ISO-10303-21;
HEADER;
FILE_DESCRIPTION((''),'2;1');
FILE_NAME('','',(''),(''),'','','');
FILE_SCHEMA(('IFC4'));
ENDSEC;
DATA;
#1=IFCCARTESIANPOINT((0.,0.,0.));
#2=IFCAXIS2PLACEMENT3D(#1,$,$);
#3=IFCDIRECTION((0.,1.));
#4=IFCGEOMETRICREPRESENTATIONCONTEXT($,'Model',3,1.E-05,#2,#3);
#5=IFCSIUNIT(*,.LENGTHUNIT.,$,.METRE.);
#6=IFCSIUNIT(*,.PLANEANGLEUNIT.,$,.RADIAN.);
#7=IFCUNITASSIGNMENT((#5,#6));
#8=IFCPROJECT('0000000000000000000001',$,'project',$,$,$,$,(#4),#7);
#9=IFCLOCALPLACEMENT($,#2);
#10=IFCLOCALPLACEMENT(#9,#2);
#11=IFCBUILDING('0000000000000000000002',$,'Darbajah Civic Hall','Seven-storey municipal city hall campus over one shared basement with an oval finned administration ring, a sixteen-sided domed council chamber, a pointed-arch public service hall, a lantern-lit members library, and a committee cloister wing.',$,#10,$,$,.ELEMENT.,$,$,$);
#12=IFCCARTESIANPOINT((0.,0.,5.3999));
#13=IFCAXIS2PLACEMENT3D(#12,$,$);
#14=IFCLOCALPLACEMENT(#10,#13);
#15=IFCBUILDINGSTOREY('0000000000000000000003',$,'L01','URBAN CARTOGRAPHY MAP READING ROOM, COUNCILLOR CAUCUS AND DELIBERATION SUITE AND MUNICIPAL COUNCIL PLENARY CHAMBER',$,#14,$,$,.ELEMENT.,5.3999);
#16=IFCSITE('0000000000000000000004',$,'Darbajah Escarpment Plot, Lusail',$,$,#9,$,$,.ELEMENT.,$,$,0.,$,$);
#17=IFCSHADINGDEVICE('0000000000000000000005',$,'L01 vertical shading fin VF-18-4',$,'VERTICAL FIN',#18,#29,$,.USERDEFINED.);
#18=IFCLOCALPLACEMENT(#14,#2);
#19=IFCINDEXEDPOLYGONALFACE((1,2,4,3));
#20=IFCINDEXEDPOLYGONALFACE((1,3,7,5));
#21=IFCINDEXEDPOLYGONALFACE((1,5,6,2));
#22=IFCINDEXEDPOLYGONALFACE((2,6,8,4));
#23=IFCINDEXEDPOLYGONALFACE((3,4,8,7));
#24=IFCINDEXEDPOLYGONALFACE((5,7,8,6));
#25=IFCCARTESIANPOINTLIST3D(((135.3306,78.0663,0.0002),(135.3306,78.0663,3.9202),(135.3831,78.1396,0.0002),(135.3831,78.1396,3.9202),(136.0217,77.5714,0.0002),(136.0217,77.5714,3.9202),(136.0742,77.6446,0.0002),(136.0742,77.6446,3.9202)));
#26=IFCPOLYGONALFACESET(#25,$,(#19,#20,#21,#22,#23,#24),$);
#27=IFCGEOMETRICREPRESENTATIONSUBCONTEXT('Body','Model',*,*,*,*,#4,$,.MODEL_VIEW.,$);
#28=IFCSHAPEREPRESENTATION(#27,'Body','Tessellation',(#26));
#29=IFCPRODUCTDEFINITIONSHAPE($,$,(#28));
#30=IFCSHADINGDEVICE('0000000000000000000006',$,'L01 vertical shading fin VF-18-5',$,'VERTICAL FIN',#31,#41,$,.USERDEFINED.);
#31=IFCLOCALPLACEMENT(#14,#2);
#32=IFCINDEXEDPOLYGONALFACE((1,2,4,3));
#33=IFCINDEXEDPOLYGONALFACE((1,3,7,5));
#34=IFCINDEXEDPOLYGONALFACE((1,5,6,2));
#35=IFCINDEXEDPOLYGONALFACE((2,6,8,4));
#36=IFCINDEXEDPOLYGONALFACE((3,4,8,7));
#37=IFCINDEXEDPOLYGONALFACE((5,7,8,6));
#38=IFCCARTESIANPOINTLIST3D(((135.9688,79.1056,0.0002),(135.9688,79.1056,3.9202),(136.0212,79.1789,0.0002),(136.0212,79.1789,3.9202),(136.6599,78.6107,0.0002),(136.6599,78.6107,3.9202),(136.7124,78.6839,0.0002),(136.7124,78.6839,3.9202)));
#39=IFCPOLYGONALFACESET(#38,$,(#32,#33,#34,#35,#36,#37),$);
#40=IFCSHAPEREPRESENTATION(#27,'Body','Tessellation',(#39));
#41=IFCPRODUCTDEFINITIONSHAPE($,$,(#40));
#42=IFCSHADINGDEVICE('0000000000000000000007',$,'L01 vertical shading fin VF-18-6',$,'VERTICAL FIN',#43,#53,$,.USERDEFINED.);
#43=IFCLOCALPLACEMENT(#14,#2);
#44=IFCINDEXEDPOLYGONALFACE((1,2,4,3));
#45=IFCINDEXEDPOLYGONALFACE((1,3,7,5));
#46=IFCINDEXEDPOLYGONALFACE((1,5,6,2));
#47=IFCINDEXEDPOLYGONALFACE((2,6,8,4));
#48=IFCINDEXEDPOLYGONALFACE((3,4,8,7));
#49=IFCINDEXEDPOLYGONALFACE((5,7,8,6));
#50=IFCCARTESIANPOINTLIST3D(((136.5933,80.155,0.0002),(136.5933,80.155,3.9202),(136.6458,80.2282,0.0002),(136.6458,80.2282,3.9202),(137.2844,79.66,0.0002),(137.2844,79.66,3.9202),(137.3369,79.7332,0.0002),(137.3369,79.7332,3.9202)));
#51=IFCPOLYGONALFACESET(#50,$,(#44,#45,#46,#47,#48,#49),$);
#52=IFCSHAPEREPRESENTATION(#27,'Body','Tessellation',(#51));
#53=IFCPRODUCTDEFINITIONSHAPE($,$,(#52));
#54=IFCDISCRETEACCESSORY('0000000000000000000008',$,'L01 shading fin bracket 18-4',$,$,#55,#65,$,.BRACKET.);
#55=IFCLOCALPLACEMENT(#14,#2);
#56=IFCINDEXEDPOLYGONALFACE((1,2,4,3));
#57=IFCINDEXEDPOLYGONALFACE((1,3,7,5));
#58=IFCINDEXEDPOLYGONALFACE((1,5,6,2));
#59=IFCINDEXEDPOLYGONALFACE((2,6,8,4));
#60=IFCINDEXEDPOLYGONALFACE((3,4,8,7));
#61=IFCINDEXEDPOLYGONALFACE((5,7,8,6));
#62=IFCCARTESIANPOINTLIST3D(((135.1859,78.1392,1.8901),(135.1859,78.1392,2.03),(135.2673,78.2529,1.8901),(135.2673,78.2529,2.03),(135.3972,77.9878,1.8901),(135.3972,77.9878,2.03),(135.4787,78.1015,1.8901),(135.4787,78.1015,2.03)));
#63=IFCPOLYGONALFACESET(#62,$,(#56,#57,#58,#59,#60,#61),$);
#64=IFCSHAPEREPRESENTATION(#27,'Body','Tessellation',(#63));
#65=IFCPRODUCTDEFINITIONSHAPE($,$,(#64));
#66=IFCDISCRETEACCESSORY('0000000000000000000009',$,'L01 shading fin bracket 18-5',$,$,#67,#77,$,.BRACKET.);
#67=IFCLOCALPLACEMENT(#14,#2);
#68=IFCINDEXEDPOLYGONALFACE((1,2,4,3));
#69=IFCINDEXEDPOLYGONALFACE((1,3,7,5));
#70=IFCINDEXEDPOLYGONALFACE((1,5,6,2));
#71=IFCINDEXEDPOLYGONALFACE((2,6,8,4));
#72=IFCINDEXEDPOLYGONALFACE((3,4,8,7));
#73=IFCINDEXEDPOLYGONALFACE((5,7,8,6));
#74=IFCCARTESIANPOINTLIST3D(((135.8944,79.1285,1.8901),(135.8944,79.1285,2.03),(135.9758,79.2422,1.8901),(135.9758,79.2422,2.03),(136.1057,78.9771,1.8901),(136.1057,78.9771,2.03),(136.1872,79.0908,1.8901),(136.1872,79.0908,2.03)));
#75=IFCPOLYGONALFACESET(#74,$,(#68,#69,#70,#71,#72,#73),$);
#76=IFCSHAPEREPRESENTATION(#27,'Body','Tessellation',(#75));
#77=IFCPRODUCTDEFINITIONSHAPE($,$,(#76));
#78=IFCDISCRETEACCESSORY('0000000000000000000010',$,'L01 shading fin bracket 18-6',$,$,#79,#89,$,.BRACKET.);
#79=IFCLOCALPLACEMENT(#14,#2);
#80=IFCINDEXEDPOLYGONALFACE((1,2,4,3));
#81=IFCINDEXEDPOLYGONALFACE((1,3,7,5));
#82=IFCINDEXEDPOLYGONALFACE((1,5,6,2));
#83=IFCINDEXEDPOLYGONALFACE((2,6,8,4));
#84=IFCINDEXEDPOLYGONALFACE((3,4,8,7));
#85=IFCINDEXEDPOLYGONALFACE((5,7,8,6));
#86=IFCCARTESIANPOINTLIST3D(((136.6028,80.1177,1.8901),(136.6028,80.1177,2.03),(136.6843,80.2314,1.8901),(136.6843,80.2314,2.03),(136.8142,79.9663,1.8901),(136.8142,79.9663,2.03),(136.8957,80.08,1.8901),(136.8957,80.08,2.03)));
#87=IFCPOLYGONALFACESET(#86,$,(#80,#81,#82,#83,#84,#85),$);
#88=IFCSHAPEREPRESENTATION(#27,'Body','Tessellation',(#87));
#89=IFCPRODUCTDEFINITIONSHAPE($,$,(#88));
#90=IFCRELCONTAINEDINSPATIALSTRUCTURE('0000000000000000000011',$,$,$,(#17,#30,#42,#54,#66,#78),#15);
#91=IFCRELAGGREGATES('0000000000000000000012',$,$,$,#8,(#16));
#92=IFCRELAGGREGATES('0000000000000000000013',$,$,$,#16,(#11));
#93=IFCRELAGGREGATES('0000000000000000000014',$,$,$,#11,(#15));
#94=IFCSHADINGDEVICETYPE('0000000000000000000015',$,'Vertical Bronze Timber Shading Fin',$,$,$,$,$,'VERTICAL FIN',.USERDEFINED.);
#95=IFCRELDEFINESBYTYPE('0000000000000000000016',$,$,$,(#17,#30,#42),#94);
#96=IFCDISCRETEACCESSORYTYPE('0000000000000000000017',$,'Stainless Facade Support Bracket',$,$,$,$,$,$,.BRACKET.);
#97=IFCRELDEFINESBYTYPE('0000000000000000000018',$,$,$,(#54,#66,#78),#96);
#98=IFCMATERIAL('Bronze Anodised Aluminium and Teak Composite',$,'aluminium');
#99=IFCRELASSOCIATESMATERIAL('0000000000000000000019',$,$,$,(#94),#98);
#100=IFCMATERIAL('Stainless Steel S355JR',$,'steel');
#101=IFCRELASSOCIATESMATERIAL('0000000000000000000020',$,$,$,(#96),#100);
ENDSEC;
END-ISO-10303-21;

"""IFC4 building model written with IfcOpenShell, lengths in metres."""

from ifc_helpers import new_model, si_unit, direction, frame, origin, origin_2d, place, context, subcontext, project, spatial, rectangle, extrude, material, type_object, element, save


model = new_model("IFC4")

# Units and contexts
model_context = context("Model", 3, precision=1e-05, world=origin(), true_north=direction((0.0, 1.0)))
body_context = subcontext(model_context, "Body", "Model", "MODEL_VIEW")
ifc_project = project(units=[si_unit("LENGTHUNIT", "METRE"), si_unit("PLANEANGLEUNIT", "RADIAN")], contexts=[model_context])

# Site, building, storey
site_placement = place(None, origin())
site = spatial("IfcSite", under=ifc_project, at=site_placement, Name="Darbajah Escarpment Plot, Lusail", CompositionType="ELEMENT", RefElevation=0.0)
building_placement = place(site_placement, origin())
building = spatial("IfcBuilding", under=site, at=building_placement, Name="Darbajah Civic Hall", Description="Seven-storey municipal city hall campus over one shared basement with an oval finned administration ring, a sixteen-sided domed council chamber, a pointed-arch public service hall, a lantern-lit members library, and a committee cloister wing.", CompositionType="ELEMENT")
storey_placement = place(building_placement, frame((0.0, 0.0, 5.3999)))
storey = spatial("IfcBuildingStorey", under=building, at=storey_placement, Name="L01", Description="URBAN CARTOGRAPHY MAP READING ROOM, COUNCILLOR CAUCUS AND DELIBERATION SUITE AND MUNICIPAL COUNCIL PLENARY CHAMBER", CompositionType="ELEMENT", Elevation=5.3999)

# Shading devices
ifc_material_1 = material(Name="Bronze Anodised Aluminium and Teak Composite", Category="aluminium")
shading_device_type = type_object("IfcShadingDeviceType", Name="Vertical Bronze Timber Shading Fin", ElementType="VERTICAL FIN", PredefinedType="USERDEFINED", material=ifc_material_1)
for number, where, z_axis, x_axis, name in (
    (1, (135.7024, 77.8555, 0.0002), (0.0, 0.0, 1.0), (0.812999, -0.582265, 0.0), "L01 vertical shading fin VF-18-4"),
    (2, (136.3406, 78.8948, 0.0002), (0.0, 0.0, 1.0), (0.812999, -0.582265, 0.0), "L01 vertical shading fin VF-18-5"),
    (3, (136.9651, 79.9441, 0.0002), (0.0, 0.0, 1.0), (0.812999, -0.582265, 0.0), "L01 vertical shading fin VF-18-6"),
):
    element("IfcShadingDevice", number, at=place(storey_placement, frame(where, z_axis=z_axis, x_axis=x_axis)), inside=storey, type_object=shading_device_type, Name=name, ObjectType="VERTICAL FIN", PredefinedType="USERDEFINED", context=body_context, shape_type="SweptSolid", body=[
        extrude(rectangle(XDim=0.8501, YDim=0.0901, at=origin_2d()), origin(), (0.0, 0.0, 1.0), 3.9199),
    ])

# Discrete accessories
ifc_material_2 = material(Name="Stainless Steel S355JR", Category="steel")
discrete_accessory_type = type_object("IfcDiscreteAccessoryType", Name="Stainless Facade Support Bracket", PredefinedType="BRACKET", material=ifc_material_2)
for number, where, z_axis, x_axis, name in (
    (4, (135.3323, 78.1204, 1.8901), (0.0, 0.0, 1.0), (0.812999, -0.582265, 0.0), "L01 shading fin bracket 18-4"),
    (5, (136.0408, 79.1096, 1.8901), (0.0, 0.0, 1.0), (0.812999, -0.582265, 0.0), "L01 shading fin bracket 18-5"),
    (6, (136.7493, 80.0989, 1.8901), (0.0, 0.0, 1.0), (0.812999, -0.582265, 0.0), "L01 shading fin bracket 18-6"),
):
    element("IfcDiscreteAccessory", number, at=place(storey_placement, frame(where, z_axis=z_axis, x_axis=x_axis)), inside=storey, type_object=discrete_accessory_type, Name=name, PredefinedType="BRACKET", context=body_context, shape_type="SweptSolid", body=[
        extrude(rectangle(XDim=0.26, YDim=0.1399, at=origin_2d()), origin(), (0.0, 0.0, 1.0), 0.1399),
    ])

save(model, "model.ifc")
